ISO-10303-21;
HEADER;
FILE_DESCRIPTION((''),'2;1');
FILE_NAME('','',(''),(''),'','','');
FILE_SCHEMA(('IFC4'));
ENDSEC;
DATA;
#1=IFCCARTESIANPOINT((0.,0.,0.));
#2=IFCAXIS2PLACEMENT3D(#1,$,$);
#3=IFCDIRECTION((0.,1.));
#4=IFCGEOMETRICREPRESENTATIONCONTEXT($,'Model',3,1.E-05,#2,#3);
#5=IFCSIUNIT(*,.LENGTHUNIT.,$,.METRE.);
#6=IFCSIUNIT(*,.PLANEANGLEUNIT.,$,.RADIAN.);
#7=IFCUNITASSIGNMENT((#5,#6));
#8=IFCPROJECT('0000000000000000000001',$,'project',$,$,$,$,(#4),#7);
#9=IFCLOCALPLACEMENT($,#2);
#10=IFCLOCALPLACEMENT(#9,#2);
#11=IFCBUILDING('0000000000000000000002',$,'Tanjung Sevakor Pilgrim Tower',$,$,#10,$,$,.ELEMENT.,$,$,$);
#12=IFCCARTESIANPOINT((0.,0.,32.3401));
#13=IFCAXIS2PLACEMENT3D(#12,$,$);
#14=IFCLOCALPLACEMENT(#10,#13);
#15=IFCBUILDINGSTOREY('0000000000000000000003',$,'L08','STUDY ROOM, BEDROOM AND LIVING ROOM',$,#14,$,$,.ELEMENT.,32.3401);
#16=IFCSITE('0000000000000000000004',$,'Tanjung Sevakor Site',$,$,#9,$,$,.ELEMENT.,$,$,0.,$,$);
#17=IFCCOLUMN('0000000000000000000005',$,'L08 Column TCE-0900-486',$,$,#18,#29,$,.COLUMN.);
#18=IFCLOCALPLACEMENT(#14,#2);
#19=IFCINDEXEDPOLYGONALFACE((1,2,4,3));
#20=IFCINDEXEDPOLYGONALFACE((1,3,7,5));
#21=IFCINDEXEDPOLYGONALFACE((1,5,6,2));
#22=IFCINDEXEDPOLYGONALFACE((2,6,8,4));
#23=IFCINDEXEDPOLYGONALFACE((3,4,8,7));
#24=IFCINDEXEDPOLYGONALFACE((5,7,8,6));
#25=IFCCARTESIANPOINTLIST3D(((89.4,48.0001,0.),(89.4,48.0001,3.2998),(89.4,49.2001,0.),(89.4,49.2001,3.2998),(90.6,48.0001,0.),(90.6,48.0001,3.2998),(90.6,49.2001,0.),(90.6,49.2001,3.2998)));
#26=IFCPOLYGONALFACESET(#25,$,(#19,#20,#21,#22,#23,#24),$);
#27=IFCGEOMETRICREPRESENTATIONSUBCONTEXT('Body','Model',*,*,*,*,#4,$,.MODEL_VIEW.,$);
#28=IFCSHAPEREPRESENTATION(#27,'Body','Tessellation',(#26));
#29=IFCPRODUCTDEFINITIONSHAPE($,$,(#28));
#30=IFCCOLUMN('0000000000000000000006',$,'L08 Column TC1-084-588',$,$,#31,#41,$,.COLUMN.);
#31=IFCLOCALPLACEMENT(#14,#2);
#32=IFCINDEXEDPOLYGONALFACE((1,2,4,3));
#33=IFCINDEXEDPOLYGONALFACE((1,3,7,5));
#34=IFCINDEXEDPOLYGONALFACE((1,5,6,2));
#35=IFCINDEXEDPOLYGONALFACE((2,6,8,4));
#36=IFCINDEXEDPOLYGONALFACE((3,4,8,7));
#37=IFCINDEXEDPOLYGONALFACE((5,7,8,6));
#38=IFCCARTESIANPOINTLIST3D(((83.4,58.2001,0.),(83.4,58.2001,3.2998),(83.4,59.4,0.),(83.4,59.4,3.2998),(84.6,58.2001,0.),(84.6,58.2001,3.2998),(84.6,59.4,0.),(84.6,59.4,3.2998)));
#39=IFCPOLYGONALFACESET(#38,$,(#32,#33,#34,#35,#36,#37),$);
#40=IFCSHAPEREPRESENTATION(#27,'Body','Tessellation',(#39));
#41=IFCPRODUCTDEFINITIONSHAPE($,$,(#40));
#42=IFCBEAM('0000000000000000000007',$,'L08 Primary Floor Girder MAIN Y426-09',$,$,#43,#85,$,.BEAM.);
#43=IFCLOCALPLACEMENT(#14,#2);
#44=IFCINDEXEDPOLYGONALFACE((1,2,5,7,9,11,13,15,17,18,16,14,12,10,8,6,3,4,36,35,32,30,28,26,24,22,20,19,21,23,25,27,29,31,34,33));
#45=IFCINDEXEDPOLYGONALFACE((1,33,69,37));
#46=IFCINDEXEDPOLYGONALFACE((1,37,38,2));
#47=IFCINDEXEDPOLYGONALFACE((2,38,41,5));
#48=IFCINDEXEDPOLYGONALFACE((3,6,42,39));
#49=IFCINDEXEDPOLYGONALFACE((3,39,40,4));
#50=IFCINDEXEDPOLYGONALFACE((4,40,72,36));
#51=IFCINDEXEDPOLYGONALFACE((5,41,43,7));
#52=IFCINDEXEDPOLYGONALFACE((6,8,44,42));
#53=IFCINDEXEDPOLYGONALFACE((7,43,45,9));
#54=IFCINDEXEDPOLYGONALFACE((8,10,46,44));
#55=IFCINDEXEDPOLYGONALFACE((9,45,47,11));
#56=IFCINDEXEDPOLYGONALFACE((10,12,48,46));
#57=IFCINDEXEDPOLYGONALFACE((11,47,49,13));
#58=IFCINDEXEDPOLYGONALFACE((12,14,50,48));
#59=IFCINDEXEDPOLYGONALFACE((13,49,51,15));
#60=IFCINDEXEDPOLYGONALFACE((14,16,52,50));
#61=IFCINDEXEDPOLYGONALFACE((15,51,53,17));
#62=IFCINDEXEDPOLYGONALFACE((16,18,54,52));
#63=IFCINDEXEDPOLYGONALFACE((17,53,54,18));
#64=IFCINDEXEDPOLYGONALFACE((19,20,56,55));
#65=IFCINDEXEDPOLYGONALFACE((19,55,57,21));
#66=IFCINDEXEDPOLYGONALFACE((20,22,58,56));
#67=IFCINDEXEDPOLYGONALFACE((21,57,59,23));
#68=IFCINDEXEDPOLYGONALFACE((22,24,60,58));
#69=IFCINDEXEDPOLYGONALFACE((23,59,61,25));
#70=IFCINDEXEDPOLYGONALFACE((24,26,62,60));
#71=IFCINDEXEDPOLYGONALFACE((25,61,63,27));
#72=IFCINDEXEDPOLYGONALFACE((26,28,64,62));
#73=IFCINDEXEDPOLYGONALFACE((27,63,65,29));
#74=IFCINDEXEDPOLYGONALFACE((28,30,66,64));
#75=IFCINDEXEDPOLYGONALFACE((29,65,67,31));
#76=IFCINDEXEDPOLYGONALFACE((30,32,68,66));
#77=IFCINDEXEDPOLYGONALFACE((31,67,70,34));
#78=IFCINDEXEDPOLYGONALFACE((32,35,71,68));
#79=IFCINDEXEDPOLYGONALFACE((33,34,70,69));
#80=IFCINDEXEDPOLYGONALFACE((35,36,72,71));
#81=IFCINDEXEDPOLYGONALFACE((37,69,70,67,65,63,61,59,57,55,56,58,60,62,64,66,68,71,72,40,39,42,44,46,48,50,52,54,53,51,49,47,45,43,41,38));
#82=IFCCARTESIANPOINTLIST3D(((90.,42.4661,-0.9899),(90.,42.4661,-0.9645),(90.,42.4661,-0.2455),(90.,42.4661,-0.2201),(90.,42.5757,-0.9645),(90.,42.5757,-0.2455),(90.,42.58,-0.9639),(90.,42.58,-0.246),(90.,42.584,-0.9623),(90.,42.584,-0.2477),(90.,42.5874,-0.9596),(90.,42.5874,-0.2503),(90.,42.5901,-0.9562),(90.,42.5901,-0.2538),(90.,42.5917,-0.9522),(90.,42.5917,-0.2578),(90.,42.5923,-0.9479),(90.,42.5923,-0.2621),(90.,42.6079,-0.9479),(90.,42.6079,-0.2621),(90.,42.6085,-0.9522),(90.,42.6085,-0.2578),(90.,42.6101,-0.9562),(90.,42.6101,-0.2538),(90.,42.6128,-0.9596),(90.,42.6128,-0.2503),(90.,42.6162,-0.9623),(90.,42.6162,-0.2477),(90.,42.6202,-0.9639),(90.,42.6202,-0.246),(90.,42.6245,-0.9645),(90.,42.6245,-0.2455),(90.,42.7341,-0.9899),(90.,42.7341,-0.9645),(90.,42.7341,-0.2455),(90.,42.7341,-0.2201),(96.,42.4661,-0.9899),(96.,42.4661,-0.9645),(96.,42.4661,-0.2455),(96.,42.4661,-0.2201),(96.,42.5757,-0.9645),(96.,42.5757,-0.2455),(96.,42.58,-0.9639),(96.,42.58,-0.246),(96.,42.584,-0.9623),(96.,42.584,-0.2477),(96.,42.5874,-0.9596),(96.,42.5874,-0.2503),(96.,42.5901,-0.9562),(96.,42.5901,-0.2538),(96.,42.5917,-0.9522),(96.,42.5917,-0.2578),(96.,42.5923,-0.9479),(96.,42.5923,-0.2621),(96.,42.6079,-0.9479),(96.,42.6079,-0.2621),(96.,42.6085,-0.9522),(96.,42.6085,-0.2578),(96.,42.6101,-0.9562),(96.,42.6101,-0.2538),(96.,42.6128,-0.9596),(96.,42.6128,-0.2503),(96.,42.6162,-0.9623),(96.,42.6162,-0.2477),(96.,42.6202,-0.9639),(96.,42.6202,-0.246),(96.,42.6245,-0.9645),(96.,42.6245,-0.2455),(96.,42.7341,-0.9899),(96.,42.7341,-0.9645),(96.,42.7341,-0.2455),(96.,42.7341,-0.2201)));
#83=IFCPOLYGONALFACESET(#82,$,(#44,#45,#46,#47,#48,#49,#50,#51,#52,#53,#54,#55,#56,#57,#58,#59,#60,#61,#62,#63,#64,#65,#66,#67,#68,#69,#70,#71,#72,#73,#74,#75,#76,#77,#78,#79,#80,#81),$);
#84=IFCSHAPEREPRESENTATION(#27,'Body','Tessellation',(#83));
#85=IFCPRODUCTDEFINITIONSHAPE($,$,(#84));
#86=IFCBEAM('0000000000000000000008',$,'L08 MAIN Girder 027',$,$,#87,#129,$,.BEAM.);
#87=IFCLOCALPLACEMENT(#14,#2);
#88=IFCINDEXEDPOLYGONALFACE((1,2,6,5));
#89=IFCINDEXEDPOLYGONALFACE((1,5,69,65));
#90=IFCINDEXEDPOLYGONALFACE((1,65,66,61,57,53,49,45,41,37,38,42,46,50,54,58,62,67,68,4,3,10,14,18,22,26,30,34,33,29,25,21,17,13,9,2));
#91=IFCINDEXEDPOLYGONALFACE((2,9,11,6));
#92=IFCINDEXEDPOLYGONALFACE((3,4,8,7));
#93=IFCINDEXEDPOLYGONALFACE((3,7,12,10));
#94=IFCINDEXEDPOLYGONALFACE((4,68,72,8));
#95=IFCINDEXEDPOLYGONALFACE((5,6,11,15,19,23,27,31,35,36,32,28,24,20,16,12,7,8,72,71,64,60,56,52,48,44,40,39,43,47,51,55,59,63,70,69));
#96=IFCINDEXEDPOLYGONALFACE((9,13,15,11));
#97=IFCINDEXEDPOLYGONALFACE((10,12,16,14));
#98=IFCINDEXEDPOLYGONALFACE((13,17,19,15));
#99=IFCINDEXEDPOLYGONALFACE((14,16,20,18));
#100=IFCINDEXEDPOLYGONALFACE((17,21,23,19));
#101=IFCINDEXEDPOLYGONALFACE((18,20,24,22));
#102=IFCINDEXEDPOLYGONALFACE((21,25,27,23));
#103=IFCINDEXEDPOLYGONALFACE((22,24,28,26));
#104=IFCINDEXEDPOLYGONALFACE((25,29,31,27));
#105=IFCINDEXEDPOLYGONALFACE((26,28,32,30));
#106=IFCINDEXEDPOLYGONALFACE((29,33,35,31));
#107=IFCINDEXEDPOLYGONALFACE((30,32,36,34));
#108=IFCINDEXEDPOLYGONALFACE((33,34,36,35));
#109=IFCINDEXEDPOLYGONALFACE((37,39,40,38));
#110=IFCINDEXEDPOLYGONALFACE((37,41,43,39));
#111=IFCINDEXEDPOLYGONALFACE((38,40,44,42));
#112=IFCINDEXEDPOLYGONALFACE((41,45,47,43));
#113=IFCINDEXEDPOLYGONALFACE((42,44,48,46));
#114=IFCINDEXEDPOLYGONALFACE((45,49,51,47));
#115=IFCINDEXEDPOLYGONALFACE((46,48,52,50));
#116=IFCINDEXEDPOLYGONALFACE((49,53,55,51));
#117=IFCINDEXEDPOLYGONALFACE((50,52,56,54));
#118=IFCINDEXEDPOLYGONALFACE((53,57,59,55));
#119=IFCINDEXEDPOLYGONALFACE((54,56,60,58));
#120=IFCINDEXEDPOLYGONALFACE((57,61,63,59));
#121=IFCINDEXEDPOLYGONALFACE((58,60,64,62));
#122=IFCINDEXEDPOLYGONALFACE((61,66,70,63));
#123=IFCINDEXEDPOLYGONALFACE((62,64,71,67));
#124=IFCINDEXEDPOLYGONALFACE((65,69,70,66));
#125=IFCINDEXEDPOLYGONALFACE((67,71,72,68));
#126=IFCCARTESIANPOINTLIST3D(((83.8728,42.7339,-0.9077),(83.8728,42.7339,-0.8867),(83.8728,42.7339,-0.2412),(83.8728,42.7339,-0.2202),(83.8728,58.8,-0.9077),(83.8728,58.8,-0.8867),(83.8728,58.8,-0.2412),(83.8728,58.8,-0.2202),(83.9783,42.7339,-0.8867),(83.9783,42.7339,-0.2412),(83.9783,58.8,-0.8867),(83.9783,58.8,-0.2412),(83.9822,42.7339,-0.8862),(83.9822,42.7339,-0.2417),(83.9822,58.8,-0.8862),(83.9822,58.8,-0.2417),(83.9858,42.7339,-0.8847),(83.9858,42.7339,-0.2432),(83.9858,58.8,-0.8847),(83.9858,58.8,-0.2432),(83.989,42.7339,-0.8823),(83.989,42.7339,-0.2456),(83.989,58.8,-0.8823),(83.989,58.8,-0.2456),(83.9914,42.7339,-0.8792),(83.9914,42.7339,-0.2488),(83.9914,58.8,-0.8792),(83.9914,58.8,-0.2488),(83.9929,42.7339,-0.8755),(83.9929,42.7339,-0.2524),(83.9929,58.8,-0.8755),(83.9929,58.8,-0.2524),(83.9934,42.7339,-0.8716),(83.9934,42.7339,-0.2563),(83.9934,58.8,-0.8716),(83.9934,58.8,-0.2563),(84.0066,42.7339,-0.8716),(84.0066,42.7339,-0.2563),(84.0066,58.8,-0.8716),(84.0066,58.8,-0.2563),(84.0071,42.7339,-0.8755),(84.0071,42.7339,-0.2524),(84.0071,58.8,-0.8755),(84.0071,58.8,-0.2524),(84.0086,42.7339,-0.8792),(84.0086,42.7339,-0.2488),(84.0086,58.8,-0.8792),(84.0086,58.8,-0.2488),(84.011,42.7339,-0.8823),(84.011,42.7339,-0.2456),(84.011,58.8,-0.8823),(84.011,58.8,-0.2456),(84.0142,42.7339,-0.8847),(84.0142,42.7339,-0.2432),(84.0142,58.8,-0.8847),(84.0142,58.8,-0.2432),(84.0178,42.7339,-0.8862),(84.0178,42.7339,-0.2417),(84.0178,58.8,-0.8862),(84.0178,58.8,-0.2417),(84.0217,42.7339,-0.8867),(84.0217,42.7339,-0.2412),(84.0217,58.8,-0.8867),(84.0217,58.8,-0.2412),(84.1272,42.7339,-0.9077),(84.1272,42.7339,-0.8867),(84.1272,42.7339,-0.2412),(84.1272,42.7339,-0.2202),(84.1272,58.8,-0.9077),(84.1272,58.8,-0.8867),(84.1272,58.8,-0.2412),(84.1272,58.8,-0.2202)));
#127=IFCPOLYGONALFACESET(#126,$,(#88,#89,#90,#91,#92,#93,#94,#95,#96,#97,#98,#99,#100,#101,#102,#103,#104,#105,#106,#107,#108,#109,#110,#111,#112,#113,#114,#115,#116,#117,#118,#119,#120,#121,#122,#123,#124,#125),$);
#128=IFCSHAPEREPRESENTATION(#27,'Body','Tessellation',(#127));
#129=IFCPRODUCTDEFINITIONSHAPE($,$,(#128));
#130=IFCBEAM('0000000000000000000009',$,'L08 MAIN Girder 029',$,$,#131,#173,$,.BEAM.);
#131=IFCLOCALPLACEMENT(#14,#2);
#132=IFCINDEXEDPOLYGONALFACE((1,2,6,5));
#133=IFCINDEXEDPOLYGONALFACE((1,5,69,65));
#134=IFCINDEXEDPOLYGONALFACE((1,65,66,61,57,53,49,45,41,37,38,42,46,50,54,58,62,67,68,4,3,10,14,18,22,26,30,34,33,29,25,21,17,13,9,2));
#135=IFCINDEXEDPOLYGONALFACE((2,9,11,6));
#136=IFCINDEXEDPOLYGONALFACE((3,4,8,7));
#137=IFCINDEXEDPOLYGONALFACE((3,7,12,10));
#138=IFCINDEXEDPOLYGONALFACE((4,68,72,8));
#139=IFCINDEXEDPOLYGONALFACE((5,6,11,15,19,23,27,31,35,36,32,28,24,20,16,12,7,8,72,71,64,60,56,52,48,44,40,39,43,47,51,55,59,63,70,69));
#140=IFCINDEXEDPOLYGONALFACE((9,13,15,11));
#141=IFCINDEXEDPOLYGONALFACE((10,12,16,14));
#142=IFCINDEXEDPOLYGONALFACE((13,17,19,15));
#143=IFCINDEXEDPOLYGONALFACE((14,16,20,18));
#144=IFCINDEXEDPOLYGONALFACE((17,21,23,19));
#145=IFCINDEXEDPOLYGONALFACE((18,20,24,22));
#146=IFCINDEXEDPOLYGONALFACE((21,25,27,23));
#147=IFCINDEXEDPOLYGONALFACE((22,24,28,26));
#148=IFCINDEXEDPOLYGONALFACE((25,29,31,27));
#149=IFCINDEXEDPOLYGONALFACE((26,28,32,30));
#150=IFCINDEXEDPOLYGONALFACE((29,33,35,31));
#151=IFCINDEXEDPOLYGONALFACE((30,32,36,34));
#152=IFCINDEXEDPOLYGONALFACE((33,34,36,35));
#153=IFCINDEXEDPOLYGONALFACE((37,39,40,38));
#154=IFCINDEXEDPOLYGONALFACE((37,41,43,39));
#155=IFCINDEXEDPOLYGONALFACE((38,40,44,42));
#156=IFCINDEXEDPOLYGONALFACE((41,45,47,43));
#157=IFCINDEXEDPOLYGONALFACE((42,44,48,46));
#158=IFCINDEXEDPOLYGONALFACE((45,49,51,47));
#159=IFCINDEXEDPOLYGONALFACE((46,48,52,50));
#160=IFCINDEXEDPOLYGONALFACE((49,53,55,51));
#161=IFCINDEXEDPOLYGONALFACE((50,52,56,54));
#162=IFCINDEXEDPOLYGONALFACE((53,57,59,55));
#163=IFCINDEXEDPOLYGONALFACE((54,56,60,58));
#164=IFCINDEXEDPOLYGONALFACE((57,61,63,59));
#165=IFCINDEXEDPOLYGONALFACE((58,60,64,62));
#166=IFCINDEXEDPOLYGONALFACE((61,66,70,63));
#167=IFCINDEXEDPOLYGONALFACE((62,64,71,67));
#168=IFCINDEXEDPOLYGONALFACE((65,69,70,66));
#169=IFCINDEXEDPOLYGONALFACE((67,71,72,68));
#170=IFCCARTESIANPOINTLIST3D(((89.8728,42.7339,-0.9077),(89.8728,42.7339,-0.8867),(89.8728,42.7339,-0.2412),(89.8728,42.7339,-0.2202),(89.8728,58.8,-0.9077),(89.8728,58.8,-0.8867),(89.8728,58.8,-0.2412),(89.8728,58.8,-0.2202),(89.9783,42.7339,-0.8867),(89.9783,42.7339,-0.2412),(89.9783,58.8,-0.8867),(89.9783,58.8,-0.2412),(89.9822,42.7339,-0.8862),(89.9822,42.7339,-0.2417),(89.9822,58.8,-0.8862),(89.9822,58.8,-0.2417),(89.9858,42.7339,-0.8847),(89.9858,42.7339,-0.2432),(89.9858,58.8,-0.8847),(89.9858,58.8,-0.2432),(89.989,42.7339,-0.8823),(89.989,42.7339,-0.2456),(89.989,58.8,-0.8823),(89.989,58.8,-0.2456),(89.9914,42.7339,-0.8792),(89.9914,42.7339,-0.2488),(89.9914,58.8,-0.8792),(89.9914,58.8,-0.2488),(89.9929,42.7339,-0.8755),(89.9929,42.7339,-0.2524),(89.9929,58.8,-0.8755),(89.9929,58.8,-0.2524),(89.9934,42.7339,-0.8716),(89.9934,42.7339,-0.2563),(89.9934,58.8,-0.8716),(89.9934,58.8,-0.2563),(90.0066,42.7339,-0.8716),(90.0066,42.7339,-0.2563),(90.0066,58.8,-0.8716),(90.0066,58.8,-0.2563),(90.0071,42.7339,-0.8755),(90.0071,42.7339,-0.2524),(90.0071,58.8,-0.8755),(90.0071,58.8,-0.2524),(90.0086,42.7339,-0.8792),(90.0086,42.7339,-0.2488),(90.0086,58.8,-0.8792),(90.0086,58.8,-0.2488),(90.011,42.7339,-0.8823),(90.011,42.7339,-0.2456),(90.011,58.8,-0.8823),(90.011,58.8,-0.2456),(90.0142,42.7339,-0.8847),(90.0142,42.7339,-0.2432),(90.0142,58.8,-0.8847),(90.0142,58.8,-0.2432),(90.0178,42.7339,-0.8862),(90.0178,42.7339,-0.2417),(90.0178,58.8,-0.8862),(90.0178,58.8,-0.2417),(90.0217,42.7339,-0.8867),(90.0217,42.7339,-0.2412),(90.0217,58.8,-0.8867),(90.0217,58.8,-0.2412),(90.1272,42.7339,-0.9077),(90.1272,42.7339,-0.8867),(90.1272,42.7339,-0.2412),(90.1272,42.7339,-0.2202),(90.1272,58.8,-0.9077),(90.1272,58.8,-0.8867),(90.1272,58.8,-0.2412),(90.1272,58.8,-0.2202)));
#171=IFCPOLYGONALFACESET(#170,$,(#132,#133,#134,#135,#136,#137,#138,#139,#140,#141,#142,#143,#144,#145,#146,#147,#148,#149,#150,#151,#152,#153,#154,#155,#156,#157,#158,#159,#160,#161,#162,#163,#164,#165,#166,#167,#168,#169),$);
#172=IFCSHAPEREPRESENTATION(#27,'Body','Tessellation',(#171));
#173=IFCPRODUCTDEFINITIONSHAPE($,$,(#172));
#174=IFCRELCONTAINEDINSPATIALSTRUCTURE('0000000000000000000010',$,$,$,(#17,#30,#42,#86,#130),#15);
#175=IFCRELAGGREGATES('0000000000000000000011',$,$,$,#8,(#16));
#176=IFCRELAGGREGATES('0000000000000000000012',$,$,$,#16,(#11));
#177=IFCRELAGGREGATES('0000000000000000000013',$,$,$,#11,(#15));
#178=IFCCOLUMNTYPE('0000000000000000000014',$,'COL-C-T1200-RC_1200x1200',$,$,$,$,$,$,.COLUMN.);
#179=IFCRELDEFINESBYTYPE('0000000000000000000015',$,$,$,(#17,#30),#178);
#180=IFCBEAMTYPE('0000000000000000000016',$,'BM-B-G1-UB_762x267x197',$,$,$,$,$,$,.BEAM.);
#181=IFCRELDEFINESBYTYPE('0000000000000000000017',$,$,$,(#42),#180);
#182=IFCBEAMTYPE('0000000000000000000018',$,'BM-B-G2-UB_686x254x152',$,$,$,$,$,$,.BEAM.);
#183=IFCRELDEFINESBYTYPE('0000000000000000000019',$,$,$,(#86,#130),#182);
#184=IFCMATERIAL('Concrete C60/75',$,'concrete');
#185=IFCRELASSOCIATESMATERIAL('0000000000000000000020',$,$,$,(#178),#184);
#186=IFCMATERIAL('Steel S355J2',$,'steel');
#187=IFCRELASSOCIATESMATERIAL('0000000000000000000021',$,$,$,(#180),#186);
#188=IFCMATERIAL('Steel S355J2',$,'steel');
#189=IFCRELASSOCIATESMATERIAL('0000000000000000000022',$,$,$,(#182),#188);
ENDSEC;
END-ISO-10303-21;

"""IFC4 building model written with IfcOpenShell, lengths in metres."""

from ifc_helpers import new_model, si_unit, direction, frame, origin, origin_2d, place, context, subcontext, project, spatial, rectangle, i_section, extrude, material, material_profile, profile_set, type_object, element, save


model = new_model("IFC4")

# Units and contexts
model_context = context("Model", 3, precision=1e-05, world=origin(), true_north=direction((0.0, 1.0)))
body_context = subcontext(model_context, "Body", "Model", "MODEL_VIEW")
ifc_project = project(units=[si_unit("LENGTHUNIT", "METRE"), si_unit("PLANEANGLEUNIT", "RADIAN")], contexts=[model_context])

# Site, building, storey
site_placement = place(None, origin())
site = spatial("IfcSite", under=ifc_project, at=site_placement, Name="Tanjung Sevakor Site", CompositionType="ELEMENT", RefElevation=0.0)
building_placement = place(site_placement, origin())
building = spatial("IfcBuilding", under=site, at=building_placement, Name="Tanjung Sevakor Pilgrim Tower", CompositionType="ELEMENT")
storey_placement = place(building_placement, frame((0.0, 0.0, 32.3401)))
storey = spatial("IfcBuildingStorey", under=building, at=storey_placement, Name="L08", Description="STUDY ROOM, BEDROOM AND LIVING ROOM", CompositionType="ELEMENT", Elevation=32.3401)

# Columns
ifc_material_1 = material(Name="Concrete C60/75", Category="concrete")
ifc_material_profile_1 = material_profile(ifc_material_1, rectangle(XDim=1.2, YDim=1.2, at=origin_2d()))
ifc_profile_set_1 = profile_set([ifc_material_profile_1], Name="Concrete C60/75")
column_type = type_object("IfcColumnType", Name="COL-C-T1200-RC_1200x1200", PredefinedType="COLUMN", material=ifc_profile_set_1)
for number, where, z_axis, x_axis, name in (
    (1, (90.0, 48.6001, 0.0), (0.0, 0.0, 1.0), (1.0, 0.0, 0.0), "L08 Column TCE-0900-486"),
    (2, (84.0, 58.8, 0.0), (0.0, 0.0, 1.0), (1.0, 0.0, 0.0), "L08 Column TC1-084-588"),
):
    element("IfcColumn", number, at=place(storey_placement, frame(where, z_axis=z_axis, x_axis=x_axis)), inside=storey, type_object=column_type, Name=name, PredefinedType="COLUMN", context=body_context, shape_type="SweptSolid", body=[
        extrude(rectangle(XDim=1.2, YDim=1.2, at=origin_2d()), origin(), (0.0, 0.0, 1.0), 3.2998),
    ])

# Beams
ifc_material_2 = material(Name="Steel S355J2", Category="steel")
ifc_material_profile_2 = material_profile(ifc_material_2, i_section(OverallWidth=0.2681, OverallDepth=0.7698, WebThickness=0.0156, FlangeThickness=0.0254, FilletRadius=0.0166, at=origin_2d()))
ifc_profile_set_2 = profile_set([ifc_material_profile_2], Name="Steel S355J2")
beam_type_1 = type_object("IfcBeamType", Name="BM-B-G1-UB_762x267x197", PredefinedType="BEAM", material=ifc_profile_set_2)
beam_1_placement = place(storey_placement, frame((90.0, 42.6001, -0.605), z_axis=(1.0, 0.0, 0.0), x_axis=(0.0, 1.0, 0.0)))
element("IfcBeam", 3, at=beam_1_placement, inside=storey, type_object=beam_type_1, Name="L08 Primary Floor Girder MAIN Y426-09", PredefinedType="BEAM", context=body_context, shape_type="SweptSolid", body=[
    extrude(i_section(OverallWidth=0.2681, OverallDepth=0.7698, WebThickness=0.0156, FlangeThickness=0.0254, FilletRadius=0.0166, at=origin_2d()), origin(), (0.0, 0.0, 1.0), 6.0),
])
ifc_material_3 = material(Name="Steel S355J2", Category="steel")
ifc_material_profile_3 = material_profile(ifc_material_3, i_section(OverallWidth=0.2544, OverallDepth=0.6875, WebThickness=0.0132, FlangeThickness=0.021, FilletRadius=0.0151, at=origin_2d()))
ifc_profile_set_3 = profile_set([ifc_material_profile_3], Name="Steel S355J2")
beam_type_2 = type_object("IfcBeamType", Name="BM-B-G2-UB_686x254x152", PredefinedType="BEAM", material=ifc_profile_set_3)
for number, where, z_axis, x_axis, name in (
    (4, (84.0, 42.7339, -0.564), (0.0, 1.0, 0.0), (-1.0, 0.0, 0.0), "L08 MAIN Girder 027"),
    (5, (90.0, 42.7339, -0.564), (0.0, 1.0, 0.0), (-1.0, 0.0, 0.0), "L08 MAIN Girder 029"),
):
    element("IfcBeam", number, at=place(storey_placement, frame(where, z_axis=z_axis, x_axis=x_axis)), inside=storey, type_object=beam_type_2, Name=name, PredefinedType="BEAM", context=body_context, shape_type="SweptSolid", body=[
        extrude(i_section(OverallWidth=0.2544, OverallDepth=0.6875, WebThickness=0.0132, FlangeThickness=0.021, FilletRadius=0.0151, at=origin_2d()), origin(), (0.0, 0.0, 1.0), 16.0662),
    ])

save(model, "model.ifc")
